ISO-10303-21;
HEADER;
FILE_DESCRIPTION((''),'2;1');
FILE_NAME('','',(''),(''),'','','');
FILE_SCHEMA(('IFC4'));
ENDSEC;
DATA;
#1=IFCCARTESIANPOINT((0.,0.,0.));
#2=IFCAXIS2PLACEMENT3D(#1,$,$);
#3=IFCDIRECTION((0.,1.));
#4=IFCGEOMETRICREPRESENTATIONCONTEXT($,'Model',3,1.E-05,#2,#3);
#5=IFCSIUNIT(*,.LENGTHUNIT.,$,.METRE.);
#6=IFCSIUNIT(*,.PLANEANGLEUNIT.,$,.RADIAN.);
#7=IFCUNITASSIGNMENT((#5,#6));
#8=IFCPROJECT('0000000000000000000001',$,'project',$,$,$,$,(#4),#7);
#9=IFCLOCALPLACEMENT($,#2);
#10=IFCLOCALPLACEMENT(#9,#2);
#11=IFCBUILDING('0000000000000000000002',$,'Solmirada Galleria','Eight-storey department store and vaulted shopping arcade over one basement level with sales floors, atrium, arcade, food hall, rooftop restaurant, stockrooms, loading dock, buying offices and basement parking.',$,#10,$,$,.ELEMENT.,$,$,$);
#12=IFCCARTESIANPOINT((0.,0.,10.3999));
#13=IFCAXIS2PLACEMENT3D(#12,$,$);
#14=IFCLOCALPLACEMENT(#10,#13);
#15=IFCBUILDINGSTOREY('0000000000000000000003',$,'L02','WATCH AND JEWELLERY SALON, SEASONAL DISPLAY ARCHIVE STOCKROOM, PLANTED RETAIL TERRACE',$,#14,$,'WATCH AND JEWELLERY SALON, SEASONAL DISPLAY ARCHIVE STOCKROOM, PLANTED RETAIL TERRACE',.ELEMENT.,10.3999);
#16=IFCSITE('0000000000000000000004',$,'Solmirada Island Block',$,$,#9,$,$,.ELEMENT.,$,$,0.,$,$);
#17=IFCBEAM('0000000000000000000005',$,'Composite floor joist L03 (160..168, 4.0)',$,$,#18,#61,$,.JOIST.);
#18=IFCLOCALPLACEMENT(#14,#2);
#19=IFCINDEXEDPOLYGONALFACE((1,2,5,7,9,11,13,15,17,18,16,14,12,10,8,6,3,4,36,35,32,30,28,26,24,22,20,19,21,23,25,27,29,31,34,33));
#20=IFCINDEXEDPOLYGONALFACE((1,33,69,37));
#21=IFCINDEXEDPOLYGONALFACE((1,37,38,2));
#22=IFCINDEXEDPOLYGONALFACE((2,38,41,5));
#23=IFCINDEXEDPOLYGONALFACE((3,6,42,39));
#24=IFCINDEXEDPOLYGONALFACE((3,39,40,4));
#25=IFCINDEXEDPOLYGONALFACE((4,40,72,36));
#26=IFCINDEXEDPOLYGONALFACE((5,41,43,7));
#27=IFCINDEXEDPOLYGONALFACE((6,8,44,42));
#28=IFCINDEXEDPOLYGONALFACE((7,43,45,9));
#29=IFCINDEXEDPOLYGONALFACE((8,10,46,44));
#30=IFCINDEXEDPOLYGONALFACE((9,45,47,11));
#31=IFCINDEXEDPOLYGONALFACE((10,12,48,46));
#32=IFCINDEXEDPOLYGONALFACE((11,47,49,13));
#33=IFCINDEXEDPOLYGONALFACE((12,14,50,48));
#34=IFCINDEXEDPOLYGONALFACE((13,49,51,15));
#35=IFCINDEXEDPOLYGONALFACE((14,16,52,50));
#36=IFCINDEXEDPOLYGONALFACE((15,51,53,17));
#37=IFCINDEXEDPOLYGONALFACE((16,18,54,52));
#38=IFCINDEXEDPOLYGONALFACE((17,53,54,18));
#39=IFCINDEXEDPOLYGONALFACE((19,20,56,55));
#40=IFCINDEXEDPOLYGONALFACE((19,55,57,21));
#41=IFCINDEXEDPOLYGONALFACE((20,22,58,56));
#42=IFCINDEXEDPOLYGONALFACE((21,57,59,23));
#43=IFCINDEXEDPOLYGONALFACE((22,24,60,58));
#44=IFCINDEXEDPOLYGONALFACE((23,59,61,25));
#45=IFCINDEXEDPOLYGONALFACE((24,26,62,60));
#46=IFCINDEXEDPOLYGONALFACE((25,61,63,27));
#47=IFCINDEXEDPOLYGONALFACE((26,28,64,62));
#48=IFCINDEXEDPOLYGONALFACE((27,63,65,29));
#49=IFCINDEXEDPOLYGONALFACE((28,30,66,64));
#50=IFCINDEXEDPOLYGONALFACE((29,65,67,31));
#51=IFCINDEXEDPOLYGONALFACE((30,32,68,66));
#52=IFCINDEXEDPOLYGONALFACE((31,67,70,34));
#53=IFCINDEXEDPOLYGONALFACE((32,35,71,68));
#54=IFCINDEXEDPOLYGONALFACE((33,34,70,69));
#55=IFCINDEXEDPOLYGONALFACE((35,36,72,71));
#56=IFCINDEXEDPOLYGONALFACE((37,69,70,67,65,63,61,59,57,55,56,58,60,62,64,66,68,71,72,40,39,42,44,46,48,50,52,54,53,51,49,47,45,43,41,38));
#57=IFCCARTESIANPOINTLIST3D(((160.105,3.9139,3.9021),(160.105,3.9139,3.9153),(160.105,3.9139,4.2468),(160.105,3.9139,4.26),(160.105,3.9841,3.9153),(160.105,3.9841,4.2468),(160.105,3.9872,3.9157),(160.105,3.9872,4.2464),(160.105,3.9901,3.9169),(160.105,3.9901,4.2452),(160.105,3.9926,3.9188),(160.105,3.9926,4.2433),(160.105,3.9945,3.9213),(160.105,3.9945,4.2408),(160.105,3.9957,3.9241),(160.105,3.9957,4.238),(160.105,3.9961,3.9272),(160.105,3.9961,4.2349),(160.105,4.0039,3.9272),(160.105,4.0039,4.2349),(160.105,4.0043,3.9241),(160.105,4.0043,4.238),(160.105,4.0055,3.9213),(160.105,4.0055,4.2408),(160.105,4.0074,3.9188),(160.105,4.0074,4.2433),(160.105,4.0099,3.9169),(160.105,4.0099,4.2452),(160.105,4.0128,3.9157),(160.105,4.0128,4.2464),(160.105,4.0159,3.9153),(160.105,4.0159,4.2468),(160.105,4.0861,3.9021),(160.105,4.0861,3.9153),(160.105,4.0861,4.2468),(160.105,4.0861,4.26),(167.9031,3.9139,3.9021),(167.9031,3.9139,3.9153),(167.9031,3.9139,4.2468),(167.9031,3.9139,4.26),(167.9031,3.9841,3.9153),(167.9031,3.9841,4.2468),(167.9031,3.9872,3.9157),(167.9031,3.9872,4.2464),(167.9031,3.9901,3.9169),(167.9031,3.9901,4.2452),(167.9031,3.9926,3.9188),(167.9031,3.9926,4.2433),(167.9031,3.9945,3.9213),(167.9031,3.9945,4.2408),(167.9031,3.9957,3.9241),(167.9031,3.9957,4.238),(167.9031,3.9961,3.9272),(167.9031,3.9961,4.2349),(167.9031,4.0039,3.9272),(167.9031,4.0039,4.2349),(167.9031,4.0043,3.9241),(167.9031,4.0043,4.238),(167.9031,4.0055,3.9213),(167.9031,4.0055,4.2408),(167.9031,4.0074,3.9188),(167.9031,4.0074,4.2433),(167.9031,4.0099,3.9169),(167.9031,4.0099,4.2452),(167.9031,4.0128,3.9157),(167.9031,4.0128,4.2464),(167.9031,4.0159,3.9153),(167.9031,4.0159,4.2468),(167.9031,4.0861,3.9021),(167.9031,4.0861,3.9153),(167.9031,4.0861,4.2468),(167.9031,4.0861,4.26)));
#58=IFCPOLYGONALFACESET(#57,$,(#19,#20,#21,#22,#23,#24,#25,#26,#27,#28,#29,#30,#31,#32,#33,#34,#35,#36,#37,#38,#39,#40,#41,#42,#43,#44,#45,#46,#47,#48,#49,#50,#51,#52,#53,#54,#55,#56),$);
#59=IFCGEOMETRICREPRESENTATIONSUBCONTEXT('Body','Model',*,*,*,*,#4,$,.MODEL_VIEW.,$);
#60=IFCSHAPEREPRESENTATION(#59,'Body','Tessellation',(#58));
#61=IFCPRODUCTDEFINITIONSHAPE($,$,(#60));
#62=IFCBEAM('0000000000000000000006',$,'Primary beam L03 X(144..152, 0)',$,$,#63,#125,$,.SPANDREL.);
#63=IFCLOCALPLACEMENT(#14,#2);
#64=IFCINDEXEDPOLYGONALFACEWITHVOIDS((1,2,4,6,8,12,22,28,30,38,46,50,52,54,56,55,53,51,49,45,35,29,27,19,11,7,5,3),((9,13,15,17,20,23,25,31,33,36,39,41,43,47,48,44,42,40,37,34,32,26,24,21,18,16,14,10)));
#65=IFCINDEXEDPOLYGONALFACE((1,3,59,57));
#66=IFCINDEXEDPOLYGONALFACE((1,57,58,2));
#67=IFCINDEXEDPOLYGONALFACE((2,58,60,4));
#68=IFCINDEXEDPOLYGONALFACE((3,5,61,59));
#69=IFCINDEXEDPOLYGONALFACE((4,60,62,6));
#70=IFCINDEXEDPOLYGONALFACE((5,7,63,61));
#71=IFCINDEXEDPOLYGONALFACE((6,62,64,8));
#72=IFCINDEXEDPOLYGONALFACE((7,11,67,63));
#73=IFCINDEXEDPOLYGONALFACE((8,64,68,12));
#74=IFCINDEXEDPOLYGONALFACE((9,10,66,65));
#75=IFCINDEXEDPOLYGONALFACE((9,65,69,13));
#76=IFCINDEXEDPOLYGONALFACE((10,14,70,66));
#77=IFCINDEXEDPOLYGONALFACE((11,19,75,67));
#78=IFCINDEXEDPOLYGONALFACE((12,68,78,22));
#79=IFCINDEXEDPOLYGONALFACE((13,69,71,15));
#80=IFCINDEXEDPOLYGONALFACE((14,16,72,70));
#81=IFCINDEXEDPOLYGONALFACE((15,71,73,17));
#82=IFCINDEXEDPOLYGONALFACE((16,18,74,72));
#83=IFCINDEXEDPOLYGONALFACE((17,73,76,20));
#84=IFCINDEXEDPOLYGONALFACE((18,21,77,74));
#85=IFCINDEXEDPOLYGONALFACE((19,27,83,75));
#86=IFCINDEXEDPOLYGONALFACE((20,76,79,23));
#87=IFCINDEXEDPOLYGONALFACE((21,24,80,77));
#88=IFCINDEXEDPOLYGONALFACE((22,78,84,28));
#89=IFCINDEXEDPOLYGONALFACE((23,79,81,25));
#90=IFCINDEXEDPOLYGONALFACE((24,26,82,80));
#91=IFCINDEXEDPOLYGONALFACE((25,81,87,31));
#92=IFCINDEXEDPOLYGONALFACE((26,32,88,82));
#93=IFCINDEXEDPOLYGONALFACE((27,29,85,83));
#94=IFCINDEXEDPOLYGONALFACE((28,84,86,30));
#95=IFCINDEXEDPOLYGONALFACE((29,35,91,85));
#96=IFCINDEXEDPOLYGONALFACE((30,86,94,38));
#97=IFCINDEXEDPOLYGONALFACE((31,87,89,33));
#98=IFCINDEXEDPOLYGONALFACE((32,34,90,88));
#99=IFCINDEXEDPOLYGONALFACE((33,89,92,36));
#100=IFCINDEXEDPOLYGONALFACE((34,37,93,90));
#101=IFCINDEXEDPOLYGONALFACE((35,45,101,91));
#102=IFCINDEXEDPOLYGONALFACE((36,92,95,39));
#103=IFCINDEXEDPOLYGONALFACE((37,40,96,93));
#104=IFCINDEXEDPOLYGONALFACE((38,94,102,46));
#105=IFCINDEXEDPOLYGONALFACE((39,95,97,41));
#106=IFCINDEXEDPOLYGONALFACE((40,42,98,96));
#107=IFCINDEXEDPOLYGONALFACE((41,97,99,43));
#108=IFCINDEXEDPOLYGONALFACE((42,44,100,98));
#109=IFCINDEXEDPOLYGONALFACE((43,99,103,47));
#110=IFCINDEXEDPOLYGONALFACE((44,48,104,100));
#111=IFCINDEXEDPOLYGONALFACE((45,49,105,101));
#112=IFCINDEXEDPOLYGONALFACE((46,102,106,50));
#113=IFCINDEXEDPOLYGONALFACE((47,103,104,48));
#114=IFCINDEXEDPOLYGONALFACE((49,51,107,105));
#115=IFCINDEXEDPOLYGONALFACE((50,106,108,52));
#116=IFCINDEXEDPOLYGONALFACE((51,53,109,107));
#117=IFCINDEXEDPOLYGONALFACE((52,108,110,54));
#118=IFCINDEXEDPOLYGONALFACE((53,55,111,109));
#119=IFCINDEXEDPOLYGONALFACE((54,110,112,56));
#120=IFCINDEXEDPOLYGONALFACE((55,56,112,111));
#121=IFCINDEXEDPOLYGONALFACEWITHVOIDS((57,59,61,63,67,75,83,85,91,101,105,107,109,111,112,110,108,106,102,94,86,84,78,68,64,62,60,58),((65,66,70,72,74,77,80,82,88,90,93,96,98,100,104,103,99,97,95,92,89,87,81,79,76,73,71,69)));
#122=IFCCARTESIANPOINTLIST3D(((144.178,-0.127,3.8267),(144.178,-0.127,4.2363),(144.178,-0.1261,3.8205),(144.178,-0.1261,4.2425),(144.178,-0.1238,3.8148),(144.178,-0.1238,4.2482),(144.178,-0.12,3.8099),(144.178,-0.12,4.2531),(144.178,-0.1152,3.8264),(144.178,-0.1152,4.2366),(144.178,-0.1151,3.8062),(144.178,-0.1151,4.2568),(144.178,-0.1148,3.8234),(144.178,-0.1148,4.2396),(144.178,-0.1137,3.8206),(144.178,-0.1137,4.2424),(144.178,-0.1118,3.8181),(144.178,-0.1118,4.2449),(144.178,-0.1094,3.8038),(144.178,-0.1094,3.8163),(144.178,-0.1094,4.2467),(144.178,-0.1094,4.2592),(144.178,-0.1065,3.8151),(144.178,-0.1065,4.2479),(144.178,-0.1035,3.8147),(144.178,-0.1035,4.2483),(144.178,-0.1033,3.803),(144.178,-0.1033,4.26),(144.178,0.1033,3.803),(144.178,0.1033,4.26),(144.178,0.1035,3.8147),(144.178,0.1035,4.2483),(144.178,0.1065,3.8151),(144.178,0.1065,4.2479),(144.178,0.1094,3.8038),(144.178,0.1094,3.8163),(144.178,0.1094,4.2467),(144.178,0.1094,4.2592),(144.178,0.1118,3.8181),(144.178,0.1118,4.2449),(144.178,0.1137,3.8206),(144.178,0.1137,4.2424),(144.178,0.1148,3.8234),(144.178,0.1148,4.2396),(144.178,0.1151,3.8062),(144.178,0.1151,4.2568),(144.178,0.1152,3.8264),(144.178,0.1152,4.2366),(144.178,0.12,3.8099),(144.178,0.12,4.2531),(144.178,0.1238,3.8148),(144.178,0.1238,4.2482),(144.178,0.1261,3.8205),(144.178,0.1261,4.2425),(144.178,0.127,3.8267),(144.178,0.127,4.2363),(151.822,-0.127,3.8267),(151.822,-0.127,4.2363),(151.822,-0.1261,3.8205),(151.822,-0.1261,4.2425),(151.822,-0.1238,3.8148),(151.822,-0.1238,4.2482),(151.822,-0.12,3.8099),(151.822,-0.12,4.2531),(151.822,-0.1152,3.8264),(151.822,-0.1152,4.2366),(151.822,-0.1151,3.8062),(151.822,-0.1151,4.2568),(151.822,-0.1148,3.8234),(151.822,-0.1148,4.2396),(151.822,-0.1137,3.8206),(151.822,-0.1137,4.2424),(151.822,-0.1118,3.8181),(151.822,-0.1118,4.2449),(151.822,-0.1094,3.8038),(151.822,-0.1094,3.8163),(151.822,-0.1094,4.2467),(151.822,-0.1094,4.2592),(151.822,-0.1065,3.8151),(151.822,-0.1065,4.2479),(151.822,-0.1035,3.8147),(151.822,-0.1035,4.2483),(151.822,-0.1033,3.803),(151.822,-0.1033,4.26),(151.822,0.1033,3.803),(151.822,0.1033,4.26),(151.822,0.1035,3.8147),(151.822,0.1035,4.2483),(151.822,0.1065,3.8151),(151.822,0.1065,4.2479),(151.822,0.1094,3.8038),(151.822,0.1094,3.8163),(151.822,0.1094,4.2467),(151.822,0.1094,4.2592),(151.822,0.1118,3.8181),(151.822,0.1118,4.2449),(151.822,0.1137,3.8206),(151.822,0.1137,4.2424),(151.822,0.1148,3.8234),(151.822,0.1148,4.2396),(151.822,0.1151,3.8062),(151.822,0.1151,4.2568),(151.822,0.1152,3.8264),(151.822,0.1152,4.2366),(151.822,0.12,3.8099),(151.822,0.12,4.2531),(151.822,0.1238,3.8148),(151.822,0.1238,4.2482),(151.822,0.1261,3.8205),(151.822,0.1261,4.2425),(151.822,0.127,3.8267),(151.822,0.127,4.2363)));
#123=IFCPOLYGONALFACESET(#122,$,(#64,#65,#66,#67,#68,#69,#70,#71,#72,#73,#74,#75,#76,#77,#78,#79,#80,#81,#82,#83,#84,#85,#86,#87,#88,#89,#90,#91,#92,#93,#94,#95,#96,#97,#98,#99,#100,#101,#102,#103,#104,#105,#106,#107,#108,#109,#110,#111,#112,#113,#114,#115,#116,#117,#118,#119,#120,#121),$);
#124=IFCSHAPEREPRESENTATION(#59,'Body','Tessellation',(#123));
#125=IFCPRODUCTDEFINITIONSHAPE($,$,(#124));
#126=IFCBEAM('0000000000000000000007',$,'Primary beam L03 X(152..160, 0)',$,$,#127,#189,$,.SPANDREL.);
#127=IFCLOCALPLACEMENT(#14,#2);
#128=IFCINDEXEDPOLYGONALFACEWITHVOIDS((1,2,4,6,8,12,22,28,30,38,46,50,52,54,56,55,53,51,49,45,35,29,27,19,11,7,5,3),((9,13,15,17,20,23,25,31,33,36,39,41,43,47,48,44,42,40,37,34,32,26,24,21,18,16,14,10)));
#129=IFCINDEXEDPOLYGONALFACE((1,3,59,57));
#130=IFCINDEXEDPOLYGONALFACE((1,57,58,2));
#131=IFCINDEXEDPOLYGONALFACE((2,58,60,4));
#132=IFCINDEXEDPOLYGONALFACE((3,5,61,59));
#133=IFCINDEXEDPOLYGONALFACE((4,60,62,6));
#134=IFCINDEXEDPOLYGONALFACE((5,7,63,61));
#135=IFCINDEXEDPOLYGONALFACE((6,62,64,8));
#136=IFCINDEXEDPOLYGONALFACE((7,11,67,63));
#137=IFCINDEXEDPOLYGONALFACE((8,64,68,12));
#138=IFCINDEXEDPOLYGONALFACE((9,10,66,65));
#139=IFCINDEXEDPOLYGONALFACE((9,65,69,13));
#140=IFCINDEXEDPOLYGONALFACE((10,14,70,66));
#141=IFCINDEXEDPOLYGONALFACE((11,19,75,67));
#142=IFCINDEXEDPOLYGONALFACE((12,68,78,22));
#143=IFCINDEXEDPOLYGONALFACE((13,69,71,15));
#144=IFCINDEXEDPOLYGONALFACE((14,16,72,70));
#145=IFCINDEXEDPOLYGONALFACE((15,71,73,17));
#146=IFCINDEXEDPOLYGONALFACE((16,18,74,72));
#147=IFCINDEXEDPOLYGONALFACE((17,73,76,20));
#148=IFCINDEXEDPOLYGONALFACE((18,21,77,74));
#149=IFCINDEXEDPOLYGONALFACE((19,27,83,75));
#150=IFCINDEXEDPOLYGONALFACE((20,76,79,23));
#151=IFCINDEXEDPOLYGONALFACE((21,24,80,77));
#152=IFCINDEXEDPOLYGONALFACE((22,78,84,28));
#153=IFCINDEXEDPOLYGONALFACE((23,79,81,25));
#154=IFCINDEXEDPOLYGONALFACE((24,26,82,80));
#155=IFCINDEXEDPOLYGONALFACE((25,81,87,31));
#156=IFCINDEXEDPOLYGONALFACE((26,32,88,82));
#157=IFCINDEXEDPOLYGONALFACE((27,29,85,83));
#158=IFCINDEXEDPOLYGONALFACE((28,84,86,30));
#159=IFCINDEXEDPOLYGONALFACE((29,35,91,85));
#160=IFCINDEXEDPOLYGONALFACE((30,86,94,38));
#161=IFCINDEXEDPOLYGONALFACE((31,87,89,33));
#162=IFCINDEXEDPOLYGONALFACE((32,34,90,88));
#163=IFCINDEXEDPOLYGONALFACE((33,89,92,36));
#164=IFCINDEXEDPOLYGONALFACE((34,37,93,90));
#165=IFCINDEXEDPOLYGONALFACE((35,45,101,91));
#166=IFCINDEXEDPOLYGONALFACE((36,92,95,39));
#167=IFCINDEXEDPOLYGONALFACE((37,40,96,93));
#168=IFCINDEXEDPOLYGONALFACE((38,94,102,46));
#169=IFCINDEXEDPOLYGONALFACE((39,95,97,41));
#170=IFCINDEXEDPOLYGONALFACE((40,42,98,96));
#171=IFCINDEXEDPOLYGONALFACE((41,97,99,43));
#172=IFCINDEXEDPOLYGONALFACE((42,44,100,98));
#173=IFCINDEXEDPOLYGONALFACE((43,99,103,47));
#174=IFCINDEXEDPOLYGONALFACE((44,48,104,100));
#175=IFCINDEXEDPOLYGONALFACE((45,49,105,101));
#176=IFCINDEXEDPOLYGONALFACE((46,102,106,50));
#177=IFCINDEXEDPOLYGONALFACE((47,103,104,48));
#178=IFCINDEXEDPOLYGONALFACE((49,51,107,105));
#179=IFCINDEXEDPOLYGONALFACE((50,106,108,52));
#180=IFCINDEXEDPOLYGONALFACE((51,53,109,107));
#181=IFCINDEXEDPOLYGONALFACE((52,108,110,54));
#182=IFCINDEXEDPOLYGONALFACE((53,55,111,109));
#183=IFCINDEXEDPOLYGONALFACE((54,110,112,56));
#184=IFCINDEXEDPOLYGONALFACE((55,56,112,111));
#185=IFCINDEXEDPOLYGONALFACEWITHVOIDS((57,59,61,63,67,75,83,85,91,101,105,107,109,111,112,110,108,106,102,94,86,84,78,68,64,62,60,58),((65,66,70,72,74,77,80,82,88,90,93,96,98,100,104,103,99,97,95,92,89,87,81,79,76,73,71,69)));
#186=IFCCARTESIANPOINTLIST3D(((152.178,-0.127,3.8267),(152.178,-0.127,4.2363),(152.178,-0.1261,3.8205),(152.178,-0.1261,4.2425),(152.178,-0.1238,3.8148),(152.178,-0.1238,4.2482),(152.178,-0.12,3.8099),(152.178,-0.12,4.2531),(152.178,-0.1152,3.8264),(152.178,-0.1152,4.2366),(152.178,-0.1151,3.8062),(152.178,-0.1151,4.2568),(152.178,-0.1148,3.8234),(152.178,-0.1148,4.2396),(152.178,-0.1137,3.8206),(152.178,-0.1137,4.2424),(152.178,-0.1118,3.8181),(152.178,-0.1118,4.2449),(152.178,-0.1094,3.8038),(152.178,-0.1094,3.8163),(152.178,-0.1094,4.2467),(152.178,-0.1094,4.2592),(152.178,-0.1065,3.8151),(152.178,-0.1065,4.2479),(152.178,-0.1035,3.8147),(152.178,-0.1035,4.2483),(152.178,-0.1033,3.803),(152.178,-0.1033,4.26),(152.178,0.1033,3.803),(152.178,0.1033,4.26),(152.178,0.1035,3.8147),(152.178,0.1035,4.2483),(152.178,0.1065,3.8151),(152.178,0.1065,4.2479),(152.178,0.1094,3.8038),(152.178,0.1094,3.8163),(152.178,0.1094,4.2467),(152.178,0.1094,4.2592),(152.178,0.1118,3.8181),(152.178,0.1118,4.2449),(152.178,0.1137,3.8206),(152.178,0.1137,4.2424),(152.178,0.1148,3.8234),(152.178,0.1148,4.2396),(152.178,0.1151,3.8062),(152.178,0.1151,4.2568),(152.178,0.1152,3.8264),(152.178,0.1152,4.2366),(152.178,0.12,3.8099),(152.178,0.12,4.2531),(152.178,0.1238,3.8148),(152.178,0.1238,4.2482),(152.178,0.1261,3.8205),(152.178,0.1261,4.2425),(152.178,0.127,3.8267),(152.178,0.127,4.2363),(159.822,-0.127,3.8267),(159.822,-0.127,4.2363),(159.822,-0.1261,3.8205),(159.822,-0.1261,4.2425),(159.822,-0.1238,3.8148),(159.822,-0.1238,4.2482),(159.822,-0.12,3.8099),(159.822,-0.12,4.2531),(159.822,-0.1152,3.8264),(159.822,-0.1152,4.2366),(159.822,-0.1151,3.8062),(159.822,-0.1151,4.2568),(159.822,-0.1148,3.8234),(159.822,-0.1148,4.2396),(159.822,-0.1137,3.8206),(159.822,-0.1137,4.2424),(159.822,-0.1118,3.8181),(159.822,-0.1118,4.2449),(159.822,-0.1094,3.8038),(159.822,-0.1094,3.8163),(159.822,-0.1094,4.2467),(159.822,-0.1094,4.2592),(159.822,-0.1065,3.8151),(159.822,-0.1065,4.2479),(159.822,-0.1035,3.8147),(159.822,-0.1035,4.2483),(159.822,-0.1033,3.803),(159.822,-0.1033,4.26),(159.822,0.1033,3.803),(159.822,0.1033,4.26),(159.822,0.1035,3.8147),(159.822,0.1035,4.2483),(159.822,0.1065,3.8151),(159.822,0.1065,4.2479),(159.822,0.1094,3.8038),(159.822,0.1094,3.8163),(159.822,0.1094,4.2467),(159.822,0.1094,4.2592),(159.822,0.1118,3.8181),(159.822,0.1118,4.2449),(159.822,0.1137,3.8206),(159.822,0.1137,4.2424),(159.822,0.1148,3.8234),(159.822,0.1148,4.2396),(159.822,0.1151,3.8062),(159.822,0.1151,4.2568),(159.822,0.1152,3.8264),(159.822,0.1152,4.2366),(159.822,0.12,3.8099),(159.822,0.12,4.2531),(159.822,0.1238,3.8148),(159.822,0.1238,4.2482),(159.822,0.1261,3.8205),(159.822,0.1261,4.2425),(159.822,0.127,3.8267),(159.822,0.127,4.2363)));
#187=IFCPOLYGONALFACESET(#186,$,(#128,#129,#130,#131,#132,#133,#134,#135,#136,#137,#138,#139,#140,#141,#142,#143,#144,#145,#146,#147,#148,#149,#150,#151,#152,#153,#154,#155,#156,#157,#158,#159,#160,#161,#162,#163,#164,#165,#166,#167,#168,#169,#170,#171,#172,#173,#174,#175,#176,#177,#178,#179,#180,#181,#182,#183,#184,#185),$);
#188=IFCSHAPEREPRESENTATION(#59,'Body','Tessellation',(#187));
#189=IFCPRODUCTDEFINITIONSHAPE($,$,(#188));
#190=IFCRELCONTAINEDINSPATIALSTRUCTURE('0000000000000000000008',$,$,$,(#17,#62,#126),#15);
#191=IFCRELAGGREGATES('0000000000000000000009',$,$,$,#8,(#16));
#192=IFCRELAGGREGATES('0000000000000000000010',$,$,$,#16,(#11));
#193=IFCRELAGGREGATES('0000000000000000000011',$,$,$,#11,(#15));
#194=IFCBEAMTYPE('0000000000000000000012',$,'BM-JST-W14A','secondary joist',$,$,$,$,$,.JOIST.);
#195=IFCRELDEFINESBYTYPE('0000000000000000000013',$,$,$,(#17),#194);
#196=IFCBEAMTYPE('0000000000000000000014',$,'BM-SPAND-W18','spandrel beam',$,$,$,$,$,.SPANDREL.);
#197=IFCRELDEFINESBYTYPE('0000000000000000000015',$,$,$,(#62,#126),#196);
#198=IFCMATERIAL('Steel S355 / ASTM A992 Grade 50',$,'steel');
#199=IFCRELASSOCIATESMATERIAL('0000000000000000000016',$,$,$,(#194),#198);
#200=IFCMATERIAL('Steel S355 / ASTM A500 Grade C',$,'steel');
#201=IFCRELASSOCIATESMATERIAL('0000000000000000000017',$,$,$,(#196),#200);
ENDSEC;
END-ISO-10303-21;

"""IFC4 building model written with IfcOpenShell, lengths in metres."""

from ifc_helpers import new_model, si_unit, direction, frame, origin, origin_2d, place, context, subcontext, project, spatial, hollow_rectangle, i_section, extrude, material, material_profile, profile_set, type_object, element, save


model = new_model("IFC4")

# Units and contexts
model_context = context("Model", 3, precision=1e-05, world=origin(), true_north=direction((0.0, 1.0)))
body_context = subcontext(model_context, "Body", "Model", "MODEL_VIEW")
ifc_project = project(units=[si_unit("LENGTHUNIT", "METRE"), si_unit("PLANEANGLEUNIT", "RADIAN")], contexts=[model_context])

# Site, building, storey
site_placement = place(None, origin())
site = spatial("IfcSite", under=ifc_project, at=site_placement, Name="Solmirada Island Block", CompositionType="ELEMENT", RefElevation=0.0)
building_placement = place(site_placement, origin())
building = spatial("IfcBuilding", under=site, at=building_placement, Name="Solmirada Galleria", Description="Eight-storey department store and vaulted shopping arcade over one basement level with sales floors, atrium, arcade, food hall, rooftop restaurant, stockrooms, loading dock, buying offices and basement parking.", CompositionType="ELEMENT")
storey_placement = place(building_placement, frame((0.0, 0.0, 10.3999)))
storey = spatial("IfcBuildingStorey", under=building, at=storey_placement, Name="L02", Description="WATCH AND JEWELLERY SALON, SEASONAL DISPLAY ARCHIVE STOCKROOM, PLANTED RETAIL TERRACE", LongName="WATCH AND JEWELLERY SALON, SEASONAL DISPLAY ARCHIVE STOCKROOM, PLANTED RETAIL TERRACE", CompositionType="ELEMENT", Elevation=10.3999)

# Shared definitions
ifc_material_1 = material(Name="Steel S355 / ASTM A500 Grade C", Category="steel")

# Beams
ifc_material_2 = material(Name="Steel S355 / ASTM A992 Grade 50", Category="steel")
ifc_material_profile_1 = material_profile(ifc_material_2, i_section(OverallWidth=0.1721, OverallDepth=0.3579, WebThickness=0.0078, FlangeThickness=0.0132, FilletRadius=0.012, at=origin_2d()), Name="W14X38")
ifc_profile_set_1 = profile_set([ifc_material_profile_1], Name="Steel S355 / ASTM A992 Grade 50")
beam_type_1 = type_object("IfcBeamType", Name="BM-JST-W14A", Description="secondary joist", PredefinedType="JOIST", material=ifc_profile_set_1)
for number, where, z_axis, x_axis, name in (
    (1, (160.105, 4.0, 4.0811), (1.0, 0.0, 0.0), (0.0, 1.0, 0.0), "Composite floor joist L03 (160..168, 4.0)"),
):
    element("IfcBeam", number, at=place(storey_placement, frame(where, z_axis=z_axis, x_axis=x_axis)), inside=storey, type_object=beam_type_1, Name=name, PredefinedType="JOIST", context=body_context, shape_type="SweptSolid", body=[
        extrude(i_section(OverallWidth=0.1721, OverallDepth=0.3579, WebThickness=0.0078, FlangeThickness=0.0132, FilletRadius=0.012, at=origin_2d()), origin(), (0.0, 0.0, 1.0), 7.7981),
    ])
ifc_material_profile_2 = material_profile(ifc_material_1, hollow_rectangle(XDim=0.2539, YDim=0.457, WallThickness=0.0117, InnerFilletRadius=0.0117, OuterFilletRadius=0.0237, at=origin_2d()), Name="HSS18X10X1/2")
ifc_profile_set_2 = profile_set([ifc_material_profile_2], Name="Steel S355 / ASTM A500 Grade C")
beam_type_2 = type_object("IfcBeamType", Name="BM-SPAND-W18", Description="spandrel beam", PredefinedType="SPANDREL", material=ifc_profile_set_2)
for number, where, z_axis, x_axis, name in (
    (2, (144.178, 0.0, 4.0315), (1.0, 0.0, 0.0), (0.0, 1.0, 0.0), "Primary beam L03 X(144..152, 0)"),
    (3, (152.178, 0.0, 4.0315), (1.0, 0.0, 0.0), (0.0, 1.0, 0.0), "Primary beam L03 X(152..160, 0)"),
):
    element("IfcBeam", number, at=place(storey_placement, frame(where, z_axis=z_axis, x_axis=x_axis)), inside=storey, type_object=beam_type_2, Name=name, PredefinedType="SPANDREL", context=body_context, shape_type="SweptSolid", body=[
        extrude(hollow_rectangle(XDim=0.2539, YDim=0.457, WallThickness=0.0117, InnerFilletRadius=0.0117, OuterFilletRadius=0.0237, at=origin_2d()), origin(), (0.0, 0.0, 1.0), 7.644),
    ])

save(model, "model.ifc")
